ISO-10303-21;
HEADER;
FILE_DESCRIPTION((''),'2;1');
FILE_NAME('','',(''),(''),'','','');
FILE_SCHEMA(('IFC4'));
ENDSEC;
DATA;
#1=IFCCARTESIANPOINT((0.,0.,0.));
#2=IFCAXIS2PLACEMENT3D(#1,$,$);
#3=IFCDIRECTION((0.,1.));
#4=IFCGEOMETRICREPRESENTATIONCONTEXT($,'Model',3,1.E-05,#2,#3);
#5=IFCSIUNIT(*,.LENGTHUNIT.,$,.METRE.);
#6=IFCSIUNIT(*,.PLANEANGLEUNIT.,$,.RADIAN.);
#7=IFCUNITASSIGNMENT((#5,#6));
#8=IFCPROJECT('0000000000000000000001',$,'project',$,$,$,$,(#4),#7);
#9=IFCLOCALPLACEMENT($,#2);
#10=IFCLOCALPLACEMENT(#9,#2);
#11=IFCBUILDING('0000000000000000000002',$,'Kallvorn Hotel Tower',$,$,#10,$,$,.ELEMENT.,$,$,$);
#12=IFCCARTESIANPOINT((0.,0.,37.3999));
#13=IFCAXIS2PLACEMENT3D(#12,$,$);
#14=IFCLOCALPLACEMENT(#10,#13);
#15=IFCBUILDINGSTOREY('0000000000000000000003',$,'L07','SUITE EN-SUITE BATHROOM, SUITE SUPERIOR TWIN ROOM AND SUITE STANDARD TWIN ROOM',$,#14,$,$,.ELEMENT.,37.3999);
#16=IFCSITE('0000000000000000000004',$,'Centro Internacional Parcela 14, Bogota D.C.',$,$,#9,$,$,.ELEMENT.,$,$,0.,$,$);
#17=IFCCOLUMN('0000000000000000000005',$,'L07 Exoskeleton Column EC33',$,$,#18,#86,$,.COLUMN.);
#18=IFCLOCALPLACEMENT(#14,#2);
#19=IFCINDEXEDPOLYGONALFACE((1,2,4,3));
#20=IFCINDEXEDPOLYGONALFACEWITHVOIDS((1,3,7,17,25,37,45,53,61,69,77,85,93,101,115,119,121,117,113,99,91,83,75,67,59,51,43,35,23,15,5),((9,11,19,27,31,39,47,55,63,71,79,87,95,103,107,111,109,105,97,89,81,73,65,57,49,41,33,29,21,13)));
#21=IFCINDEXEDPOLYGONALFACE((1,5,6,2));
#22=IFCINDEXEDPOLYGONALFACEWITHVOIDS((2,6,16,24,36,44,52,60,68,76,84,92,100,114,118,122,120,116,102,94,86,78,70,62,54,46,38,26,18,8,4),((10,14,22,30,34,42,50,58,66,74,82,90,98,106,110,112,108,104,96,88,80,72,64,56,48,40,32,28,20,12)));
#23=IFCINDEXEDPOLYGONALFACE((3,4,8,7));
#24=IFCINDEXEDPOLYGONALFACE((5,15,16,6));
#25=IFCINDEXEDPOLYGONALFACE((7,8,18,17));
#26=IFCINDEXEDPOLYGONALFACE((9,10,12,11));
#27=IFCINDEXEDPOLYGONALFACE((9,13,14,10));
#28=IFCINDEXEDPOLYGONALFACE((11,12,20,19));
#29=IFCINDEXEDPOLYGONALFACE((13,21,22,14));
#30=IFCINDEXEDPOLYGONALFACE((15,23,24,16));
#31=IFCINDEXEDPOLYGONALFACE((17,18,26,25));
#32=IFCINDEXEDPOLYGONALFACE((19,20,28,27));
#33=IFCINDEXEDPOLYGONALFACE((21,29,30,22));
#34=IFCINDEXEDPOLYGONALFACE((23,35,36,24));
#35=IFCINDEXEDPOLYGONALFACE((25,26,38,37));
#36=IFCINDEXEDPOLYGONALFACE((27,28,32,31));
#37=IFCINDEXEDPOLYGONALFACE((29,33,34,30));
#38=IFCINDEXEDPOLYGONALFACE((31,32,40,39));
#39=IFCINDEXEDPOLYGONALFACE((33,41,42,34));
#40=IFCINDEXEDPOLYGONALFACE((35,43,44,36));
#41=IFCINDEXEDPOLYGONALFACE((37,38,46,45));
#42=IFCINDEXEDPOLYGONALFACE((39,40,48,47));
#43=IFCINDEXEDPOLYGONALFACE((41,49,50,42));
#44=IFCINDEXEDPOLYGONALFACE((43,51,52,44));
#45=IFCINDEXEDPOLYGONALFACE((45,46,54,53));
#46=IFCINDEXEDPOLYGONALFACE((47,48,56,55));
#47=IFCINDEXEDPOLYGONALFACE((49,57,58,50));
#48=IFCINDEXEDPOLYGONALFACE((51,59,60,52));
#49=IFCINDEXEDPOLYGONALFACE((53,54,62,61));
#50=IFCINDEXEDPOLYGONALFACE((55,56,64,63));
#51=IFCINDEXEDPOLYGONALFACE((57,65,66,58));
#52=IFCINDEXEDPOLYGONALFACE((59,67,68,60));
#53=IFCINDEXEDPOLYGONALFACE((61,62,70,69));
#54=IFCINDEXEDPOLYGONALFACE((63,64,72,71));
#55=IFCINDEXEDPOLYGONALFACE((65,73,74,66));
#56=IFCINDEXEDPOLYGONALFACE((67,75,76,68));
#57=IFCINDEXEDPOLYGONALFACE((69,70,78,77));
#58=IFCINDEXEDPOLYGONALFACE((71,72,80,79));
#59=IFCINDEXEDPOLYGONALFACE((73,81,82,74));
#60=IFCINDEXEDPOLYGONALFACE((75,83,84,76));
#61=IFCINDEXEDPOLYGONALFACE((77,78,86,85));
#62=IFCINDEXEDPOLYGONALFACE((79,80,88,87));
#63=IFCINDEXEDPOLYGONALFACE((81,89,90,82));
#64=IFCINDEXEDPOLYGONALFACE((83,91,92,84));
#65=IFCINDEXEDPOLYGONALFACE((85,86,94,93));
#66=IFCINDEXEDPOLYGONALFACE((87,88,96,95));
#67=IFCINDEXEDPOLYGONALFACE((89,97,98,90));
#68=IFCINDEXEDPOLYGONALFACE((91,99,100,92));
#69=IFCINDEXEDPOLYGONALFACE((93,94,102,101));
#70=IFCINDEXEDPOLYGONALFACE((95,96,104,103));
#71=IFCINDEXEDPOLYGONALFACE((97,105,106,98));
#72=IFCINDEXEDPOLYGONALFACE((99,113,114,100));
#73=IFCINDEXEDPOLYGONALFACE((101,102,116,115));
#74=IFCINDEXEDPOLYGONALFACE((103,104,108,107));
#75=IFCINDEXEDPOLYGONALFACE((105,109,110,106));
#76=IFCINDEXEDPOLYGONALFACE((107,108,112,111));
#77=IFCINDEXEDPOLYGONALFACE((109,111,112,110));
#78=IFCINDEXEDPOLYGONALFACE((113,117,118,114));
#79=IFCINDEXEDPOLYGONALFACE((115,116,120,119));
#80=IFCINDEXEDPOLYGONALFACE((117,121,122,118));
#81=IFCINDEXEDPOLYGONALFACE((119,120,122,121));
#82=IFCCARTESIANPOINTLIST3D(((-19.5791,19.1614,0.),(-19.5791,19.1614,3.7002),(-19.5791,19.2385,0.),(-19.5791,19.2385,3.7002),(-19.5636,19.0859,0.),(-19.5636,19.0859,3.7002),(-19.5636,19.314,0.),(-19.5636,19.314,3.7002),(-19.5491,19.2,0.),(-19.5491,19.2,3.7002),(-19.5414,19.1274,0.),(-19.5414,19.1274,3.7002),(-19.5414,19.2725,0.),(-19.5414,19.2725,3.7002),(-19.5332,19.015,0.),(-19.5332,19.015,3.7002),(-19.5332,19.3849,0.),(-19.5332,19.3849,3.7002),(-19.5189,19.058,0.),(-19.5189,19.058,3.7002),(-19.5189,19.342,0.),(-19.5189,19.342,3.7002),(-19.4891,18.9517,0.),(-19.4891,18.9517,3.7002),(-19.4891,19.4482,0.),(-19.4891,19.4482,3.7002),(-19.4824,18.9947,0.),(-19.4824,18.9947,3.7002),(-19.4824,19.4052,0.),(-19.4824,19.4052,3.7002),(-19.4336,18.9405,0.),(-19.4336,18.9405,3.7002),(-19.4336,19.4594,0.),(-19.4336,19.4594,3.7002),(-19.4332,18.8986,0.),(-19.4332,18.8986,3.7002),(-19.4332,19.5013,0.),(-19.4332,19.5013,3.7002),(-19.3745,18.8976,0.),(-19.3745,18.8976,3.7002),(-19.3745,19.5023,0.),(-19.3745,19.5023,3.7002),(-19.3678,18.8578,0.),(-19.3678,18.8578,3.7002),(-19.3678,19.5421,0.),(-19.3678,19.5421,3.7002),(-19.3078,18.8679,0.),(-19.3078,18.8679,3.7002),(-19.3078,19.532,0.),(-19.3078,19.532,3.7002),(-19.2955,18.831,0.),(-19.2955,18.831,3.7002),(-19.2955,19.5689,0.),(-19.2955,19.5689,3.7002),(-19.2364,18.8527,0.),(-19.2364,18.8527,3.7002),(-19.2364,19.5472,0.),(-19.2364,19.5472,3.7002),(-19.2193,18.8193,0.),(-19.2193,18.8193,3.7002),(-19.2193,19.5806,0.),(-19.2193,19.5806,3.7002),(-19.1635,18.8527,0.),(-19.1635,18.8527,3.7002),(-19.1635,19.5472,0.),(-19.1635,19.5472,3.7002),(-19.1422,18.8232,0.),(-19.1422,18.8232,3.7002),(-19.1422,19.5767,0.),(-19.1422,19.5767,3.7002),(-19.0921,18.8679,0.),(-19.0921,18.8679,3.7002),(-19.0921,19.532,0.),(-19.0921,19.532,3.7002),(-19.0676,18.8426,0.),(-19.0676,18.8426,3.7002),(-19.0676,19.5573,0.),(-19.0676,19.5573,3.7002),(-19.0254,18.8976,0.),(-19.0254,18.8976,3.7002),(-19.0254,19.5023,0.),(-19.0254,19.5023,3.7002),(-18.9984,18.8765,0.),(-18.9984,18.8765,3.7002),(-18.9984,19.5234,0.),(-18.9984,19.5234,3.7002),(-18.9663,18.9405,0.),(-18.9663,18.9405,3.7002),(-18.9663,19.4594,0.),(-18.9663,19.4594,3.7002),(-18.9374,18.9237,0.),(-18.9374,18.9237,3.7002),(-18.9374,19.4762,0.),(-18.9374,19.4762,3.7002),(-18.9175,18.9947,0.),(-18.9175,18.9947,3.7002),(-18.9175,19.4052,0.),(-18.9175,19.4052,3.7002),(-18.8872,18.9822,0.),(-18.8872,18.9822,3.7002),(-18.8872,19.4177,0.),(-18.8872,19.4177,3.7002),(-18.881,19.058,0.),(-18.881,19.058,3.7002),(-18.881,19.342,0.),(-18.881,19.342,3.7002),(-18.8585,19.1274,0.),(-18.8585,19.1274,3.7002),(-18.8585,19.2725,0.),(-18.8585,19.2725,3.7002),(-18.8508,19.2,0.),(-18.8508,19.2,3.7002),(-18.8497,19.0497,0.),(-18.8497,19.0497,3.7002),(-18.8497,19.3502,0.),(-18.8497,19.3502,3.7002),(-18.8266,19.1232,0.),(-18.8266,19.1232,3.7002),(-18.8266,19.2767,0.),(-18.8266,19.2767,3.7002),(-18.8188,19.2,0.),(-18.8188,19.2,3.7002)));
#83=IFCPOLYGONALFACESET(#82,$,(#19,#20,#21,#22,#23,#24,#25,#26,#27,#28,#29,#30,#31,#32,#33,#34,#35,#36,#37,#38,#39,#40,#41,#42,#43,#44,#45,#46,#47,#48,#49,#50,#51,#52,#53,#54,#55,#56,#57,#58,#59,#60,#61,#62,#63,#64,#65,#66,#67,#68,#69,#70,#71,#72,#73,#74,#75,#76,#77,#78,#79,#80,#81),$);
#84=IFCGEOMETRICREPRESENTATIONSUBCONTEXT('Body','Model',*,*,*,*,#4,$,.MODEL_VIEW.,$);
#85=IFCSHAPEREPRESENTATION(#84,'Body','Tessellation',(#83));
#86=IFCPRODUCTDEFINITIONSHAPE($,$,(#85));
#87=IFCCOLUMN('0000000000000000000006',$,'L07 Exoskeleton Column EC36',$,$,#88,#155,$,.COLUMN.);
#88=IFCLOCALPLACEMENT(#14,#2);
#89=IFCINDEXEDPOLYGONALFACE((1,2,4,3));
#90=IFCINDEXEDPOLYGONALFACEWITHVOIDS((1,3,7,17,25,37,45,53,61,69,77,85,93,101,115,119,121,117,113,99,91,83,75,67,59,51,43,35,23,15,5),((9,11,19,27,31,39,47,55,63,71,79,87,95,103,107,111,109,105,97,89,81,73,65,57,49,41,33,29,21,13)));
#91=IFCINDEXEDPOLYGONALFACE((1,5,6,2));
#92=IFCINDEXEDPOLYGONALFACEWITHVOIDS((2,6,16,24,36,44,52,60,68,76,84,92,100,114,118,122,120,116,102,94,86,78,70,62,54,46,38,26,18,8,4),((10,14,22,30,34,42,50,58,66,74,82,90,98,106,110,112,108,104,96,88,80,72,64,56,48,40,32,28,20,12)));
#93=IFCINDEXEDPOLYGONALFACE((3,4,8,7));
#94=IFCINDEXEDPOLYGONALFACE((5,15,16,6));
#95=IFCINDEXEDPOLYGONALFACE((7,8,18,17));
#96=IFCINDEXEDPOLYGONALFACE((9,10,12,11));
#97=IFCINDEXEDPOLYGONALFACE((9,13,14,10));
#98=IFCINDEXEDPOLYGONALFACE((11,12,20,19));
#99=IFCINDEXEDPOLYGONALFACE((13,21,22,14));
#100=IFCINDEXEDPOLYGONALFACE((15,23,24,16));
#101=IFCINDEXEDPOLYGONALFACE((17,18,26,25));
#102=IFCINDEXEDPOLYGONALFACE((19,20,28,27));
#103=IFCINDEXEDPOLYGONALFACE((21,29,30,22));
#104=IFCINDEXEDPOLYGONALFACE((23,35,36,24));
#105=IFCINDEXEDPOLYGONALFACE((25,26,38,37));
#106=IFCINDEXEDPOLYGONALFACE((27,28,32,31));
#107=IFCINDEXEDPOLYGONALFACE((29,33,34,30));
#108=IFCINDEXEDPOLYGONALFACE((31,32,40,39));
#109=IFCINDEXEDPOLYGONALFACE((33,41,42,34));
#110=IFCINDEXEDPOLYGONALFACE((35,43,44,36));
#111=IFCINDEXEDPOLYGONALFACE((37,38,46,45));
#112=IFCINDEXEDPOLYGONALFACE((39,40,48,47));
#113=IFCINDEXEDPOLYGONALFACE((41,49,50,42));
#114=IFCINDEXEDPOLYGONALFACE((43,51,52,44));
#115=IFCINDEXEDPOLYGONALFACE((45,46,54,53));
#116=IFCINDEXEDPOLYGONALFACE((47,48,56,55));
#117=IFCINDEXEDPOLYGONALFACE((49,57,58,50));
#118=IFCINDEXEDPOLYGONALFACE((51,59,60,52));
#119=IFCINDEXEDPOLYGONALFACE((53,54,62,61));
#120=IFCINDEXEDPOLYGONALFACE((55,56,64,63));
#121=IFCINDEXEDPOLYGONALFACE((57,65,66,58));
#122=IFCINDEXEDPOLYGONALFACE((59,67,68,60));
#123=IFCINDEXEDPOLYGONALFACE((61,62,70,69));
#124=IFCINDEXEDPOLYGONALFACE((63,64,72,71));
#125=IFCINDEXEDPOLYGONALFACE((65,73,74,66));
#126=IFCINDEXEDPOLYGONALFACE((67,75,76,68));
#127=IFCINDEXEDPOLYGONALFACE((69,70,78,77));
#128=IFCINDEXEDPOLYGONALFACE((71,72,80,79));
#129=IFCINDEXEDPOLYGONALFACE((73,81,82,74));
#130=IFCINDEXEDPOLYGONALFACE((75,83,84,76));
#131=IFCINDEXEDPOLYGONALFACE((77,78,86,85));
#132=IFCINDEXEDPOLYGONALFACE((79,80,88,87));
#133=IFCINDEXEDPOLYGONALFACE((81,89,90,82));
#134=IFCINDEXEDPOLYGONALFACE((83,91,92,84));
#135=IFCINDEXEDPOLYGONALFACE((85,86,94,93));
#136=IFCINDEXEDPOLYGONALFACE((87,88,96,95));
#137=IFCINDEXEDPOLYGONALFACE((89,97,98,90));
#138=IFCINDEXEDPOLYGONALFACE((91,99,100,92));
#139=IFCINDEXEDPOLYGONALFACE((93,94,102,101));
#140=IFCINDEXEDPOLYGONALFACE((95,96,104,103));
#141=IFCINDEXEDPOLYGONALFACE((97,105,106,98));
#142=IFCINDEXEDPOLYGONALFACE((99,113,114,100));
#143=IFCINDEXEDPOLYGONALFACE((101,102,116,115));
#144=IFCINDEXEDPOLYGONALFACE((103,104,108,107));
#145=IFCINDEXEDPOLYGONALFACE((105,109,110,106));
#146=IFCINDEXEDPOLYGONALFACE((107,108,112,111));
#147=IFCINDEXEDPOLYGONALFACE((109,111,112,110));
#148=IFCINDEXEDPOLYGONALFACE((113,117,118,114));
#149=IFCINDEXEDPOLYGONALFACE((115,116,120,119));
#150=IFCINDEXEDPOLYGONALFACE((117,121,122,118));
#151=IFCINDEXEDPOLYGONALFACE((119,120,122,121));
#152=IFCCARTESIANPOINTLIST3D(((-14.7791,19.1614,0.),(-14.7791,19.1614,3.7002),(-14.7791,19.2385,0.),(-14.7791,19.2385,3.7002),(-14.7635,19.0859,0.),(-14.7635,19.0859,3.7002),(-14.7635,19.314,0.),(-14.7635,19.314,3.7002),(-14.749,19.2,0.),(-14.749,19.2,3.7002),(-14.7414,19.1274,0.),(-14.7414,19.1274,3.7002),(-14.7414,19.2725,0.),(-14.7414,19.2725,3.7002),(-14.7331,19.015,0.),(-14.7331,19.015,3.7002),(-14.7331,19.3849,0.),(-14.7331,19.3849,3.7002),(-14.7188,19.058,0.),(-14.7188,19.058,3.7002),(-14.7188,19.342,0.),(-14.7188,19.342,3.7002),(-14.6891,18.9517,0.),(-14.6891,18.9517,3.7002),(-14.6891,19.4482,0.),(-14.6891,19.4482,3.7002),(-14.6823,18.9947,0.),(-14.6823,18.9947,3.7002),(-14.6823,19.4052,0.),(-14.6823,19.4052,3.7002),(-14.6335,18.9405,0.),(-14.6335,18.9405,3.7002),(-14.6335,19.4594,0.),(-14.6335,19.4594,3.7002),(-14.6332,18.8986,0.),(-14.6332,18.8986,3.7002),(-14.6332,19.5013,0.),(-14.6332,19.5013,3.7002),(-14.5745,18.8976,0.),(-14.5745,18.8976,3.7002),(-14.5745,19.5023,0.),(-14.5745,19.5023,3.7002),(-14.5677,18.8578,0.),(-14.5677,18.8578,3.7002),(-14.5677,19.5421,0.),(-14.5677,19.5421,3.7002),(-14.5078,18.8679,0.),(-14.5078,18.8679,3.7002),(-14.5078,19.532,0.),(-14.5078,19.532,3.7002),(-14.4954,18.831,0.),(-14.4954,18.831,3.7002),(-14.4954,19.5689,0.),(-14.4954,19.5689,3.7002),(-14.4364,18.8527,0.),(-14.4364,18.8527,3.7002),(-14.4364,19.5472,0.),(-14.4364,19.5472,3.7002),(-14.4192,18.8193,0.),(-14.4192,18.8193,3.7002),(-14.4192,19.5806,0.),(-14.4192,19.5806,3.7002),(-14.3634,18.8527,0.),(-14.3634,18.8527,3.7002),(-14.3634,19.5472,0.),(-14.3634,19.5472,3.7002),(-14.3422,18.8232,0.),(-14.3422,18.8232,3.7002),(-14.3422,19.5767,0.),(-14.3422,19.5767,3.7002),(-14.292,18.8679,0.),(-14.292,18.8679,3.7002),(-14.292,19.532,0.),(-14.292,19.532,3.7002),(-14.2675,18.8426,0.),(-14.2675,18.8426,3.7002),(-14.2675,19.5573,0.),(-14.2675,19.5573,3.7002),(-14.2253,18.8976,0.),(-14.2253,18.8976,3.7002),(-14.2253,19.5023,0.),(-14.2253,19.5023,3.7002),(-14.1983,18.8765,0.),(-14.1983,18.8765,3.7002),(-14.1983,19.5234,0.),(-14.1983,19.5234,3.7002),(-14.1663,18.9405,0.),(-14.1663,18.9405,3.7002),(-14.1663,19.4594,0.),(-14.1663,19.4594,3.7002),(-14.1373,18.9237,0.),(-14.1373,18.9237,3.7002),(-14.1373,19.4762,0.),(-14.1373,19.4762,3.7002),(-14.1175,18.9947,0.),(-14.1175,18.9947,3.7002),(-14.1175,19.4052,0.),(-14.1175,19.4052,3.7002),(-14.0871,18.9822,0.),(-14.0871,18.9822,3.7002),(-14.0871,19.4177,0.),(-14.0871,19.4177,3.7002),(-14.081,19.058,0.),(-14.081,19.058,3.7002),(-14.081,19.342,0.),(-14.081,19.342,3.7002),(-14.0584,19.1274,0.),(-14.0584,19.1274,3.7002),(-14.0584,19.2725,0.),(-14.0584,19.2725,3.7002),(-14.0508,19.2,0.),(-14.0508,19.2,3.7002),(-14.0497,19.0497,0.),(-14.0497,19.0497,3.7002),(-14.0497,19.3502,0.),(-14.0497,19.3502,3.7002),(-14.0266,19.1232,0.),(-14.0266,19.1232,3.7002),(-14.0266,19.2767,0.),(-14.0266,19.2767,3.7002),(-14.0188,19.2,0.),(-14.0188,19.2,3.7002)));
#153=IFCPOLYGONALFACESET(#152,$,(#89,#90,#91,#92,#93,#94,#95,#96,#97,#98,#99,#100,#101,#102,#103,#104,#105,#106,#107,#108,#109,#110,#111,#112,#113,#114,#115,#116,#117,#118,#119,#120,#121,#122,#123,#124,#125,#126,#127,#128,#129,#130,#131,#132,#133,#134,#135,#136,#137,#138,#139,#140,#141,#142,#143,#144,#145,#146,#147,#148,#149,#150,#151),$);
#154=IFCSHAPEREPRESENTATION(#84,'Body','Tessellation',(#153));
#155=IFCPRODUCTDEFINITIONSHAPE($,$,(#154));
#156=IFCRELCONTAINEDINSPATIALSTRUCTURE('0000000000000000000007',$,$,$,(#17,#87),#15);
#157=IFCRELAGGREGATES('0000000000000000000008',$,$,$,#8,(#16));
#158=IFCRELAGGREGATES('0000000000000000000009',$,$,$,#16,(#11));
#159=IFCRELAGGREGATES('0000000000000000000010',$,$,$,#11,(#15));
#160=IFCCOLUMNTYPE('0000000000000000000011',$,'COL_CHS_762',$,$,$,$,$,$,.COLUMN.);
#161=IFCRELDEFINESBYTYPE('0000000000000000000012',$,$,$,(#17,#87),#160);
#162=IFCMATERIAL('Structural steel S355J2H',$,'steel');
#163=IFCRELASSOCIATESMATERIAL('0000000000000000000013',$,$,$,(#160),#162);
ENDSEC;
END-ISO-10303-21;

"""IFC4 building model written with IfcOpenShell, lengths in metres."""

from ifc_helpers import new_model, si_unit, direction, frame, origin, origin_2d, place, context, subcontext, project, spatial, hollow_circle, extrude, material, material_profile, profile_set, type_object, element, save


model = new_model("IFC4")

# Units and contexts
model_context = context("Model", 3, precision=1e-05, world=origin(), true_north=direction((0.0, 1.0)))
body_context = subcontext(model_context, "Body", "Model", "MODEL_VIEW")
ifc_project = project(units=[si_unit("LENGTHUNIT", "METRE"), si_unit("PLANEANGLEUNIT", "RADIAN")], contexts=[model_context])

# Site, building, storey
site_placement = place(None, origin())
site = spatial("IfcSite", under=ifc_project, at=site_placement, Name="Centro Internacional Parcela 14, Bogota D.C.", CompositionType="ELEMENT", RefElevation=0.0)
building_placement = place(site_placement, origin())
building = spatial("IfcBuilding", under=site, at=building_placement, Name="Kallvorn Hotel Tower", CompositionType="ELEMENT")
storey_placement = place(building_placement, frame((0.0, 0.0, 37.3999)))
storey = spatial("IfcBuildingStorey", under=building, at=storey_placement, Name="L07", Description="SUITE EN-SUITE BATHROOM, SUITE SUPERIOR TWIN ROOM AND SUITE STANDARD TWIN ROOM", CompositionType="ELEMENT", Elevation=37.3999)

# Columns
ifc_material_1 = material(Name="Structural steel S355J2H", Category="steel")
ifc_material_profile_1 = material_profile(ifc_material_1, hollow_circle(Radius=0.3811, WallThickness=0.032, at=origin_2d()), Name="CHS 762x32")
ifc_profile_set_1 = profile_set([ifc_material_profile_1], Name="Structural steel S355J2H")
column_type_1 = type_object("IfcColumnType", Name="COL_CHS_762", PredefinedType="COLUMN", material=ifc_profile_set_1)
for number, where, z_axis, x_axis, name in (
    (1, (-19.2, 19.2, 0.0), (0.0, 0.0, 1.0), (1.0, 0.0, 0.0), "L07 Exoskeleton Column EC33"),
    (2, (-14.3999, 19.2, 0.0), (0.0, 0.0, 1.0), (1.0, 0.0, 0.0), "L07 Exoskeleton Column EC36"),
):
    element("IfcColumn", number, at=place(storey_placement, frame(where, z_axis=z_axis, x_axis=x_axis)), inside=storey, type_object=column_type_1, Name=name, PredefinedType="COLUMN", context=body_context, shape_type="SweptSolid", body=[
        extrude(hollow_circle(Radius=0.3811, WallThickness=0.032, at=origin_2d()), origin(), (0.0, 0.0, 1.0), 3.7002),
    ])

save(model, "model.ifc")
